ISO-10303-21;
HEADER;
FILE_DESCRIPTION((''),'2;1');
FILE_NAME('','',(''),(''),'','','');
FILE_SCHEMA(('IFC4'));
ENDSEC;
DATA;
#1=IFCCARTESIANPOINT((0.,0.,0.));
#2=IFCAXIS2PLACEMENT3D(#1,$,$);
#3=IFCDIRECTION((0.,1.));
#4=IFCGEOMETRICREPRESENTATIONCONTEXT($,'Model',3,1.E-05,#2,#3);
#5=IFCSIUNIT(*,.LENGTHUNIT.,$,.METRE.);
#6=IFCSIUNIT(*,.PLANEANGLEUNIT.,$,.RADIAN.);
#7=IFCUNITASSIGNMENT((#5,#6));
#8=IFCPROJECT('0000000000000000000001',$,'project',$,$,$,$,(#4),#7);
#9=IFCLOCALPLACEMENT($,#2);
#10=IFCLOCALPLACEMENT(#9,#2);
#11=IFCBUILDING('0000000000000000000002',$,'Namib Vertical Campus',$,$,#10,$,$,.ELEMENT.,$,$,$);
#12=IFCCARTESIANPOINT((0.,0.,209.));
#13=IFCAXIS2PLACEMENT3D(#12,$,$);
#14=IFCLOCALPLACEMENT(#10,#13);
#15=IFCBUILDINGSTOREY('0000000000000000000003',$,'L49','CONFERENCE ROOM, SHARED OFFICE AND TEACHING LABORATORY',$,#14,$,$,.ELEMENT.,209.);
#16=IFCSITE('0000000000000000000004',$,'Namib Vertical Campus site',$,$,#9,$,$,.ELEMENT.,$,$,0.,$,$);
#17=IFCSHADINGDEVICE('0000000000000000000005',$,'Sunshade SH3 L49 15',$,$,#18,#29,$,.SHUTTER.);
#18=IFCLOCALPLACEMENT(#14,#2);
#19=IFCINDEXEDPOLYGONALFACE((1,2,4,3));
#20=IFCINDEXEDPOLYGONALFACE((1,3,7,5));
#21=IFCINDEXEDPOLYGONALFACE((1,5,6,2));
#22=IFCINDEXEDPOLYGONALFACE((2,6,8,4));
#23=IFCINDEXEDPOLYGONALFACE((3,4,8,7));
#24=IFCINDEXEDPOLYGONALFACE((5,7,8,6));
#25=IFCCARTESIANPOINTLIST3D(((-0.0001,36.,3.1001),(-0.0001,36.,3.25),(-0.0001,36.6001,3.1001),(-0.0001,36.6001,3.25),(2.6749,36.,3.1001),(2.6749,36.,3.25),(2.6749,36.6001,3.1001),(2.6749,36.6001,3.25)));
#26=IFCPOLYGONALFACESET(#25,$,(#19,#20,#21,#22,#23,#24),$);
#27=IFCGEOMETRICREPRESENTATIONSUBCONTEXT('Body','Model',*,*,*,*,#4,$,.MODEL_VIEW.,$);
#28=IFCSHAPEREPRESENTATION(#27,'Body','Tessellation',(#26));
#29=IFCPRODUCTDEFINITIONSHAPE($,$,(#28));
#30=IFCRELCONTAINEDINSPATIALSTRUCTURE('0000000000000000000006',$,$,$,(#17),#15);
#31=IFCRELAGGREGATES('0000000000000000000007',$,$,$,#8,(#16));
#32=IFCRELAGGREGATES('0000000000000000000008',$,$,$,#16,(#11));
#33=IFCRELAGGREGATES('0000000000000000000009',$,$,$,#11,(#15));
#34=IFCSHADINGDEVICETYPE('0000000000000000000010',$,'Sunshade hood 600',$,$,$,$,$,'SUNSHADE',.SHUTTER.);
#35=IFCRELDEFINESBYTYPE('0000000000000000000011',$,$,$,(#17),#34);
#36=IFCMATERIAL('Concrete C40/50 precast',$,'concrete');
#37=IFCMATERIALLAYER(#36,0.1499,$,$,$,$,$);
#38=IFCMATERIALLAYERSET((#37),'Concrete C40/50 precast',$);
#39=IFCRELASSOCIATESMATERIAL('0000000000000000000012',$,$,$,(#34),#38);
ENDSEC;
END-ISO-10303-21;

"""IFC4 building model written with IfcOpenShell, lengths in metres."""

from ifc_helpers import new_model, si_unit, direction, frame, origin, origin_2d, place, context, subcontext, project, spatial, rectangle, extrude, material, layer, layer_set, type_object, element, save


model = new_model("IFC4")

# Units and contexts
model_context = context("Model", 3, precision=1e-05, world=origin(), true_north=direction((0.0, 1.0)))
body_context = subcontext(model_context, "Body", "Model", "MODEL_VIEW")
ifc_project = project(units=[si_unit("LENGTHUNIT", "METRE"), si_unit("PLANEANGLEUNIT", "RADIAN")], contexts=[model_context])

# Site, building, storey
site_placement = place(None, origin())
site = spatial("IfcSite", under=ifc_project, at=site_placement, Name="Namib Vertical Campus site", CompositionType="ELEMENT", RefElevation=0.0)
building_placement = place(site_placement, origin())
building = spatial("IfcBuilding", under=site, at=building_placement, Name="Namib Vertical Campus", CompositionType="ELEMENT")
storey_placement = place(building_placement, frame((0.0, 0.0, 209.0)))
storey = spatial("IfcBuildingStorey", under=building, at=storey_placement, Name="L49", Description="CONFERENCE ROOM, SHARED OFFICE AND TEACHING LABORATORY", CompositionType="ELEMENT", Elevation=209.0)

# Shading device
ifc_material_1 = material(Name="Concrete C40/50 precast", Category="concrete")
ifc_layer_1 = layer(ifc_material_1, 0.1499)
ifc_layer_set_1 = layer_set([ifc_layer_1], Name="Concrete C40/50 precast")
shading_device_type = type_object("IfcShadingDeviceType", Name="Sunshade hood 600", ElementType="SUNSHADE", PredefinedType="SHUTTER", material=ifc_layer_set_1)
for number, where, z_axis, x_axis, name in (
    (1, (1.3374, 36.3, 3.1001), (0.0, 0.0, 1.0), (-1.0, 0.0, 0.0), "Sunshade SH3 L49 15"),
):
    element("IfcShadingDevice", number, at=place(storey_placement, frame(where, z_axis=z_axis, x_axis=x_axis)), inside=storey, type_object=shading_device_type, Name=name, PredefinedType="SHUTTER", context=body_context, shape_type="SweptSolid", body=[
        extrude(rectangle(XDim=2.675, YDim=0.6001, at=origin_2d()), origin(), (0.0, 0.0, 1.0), 0.1499),
    ])

save(model, "model.ifc")
